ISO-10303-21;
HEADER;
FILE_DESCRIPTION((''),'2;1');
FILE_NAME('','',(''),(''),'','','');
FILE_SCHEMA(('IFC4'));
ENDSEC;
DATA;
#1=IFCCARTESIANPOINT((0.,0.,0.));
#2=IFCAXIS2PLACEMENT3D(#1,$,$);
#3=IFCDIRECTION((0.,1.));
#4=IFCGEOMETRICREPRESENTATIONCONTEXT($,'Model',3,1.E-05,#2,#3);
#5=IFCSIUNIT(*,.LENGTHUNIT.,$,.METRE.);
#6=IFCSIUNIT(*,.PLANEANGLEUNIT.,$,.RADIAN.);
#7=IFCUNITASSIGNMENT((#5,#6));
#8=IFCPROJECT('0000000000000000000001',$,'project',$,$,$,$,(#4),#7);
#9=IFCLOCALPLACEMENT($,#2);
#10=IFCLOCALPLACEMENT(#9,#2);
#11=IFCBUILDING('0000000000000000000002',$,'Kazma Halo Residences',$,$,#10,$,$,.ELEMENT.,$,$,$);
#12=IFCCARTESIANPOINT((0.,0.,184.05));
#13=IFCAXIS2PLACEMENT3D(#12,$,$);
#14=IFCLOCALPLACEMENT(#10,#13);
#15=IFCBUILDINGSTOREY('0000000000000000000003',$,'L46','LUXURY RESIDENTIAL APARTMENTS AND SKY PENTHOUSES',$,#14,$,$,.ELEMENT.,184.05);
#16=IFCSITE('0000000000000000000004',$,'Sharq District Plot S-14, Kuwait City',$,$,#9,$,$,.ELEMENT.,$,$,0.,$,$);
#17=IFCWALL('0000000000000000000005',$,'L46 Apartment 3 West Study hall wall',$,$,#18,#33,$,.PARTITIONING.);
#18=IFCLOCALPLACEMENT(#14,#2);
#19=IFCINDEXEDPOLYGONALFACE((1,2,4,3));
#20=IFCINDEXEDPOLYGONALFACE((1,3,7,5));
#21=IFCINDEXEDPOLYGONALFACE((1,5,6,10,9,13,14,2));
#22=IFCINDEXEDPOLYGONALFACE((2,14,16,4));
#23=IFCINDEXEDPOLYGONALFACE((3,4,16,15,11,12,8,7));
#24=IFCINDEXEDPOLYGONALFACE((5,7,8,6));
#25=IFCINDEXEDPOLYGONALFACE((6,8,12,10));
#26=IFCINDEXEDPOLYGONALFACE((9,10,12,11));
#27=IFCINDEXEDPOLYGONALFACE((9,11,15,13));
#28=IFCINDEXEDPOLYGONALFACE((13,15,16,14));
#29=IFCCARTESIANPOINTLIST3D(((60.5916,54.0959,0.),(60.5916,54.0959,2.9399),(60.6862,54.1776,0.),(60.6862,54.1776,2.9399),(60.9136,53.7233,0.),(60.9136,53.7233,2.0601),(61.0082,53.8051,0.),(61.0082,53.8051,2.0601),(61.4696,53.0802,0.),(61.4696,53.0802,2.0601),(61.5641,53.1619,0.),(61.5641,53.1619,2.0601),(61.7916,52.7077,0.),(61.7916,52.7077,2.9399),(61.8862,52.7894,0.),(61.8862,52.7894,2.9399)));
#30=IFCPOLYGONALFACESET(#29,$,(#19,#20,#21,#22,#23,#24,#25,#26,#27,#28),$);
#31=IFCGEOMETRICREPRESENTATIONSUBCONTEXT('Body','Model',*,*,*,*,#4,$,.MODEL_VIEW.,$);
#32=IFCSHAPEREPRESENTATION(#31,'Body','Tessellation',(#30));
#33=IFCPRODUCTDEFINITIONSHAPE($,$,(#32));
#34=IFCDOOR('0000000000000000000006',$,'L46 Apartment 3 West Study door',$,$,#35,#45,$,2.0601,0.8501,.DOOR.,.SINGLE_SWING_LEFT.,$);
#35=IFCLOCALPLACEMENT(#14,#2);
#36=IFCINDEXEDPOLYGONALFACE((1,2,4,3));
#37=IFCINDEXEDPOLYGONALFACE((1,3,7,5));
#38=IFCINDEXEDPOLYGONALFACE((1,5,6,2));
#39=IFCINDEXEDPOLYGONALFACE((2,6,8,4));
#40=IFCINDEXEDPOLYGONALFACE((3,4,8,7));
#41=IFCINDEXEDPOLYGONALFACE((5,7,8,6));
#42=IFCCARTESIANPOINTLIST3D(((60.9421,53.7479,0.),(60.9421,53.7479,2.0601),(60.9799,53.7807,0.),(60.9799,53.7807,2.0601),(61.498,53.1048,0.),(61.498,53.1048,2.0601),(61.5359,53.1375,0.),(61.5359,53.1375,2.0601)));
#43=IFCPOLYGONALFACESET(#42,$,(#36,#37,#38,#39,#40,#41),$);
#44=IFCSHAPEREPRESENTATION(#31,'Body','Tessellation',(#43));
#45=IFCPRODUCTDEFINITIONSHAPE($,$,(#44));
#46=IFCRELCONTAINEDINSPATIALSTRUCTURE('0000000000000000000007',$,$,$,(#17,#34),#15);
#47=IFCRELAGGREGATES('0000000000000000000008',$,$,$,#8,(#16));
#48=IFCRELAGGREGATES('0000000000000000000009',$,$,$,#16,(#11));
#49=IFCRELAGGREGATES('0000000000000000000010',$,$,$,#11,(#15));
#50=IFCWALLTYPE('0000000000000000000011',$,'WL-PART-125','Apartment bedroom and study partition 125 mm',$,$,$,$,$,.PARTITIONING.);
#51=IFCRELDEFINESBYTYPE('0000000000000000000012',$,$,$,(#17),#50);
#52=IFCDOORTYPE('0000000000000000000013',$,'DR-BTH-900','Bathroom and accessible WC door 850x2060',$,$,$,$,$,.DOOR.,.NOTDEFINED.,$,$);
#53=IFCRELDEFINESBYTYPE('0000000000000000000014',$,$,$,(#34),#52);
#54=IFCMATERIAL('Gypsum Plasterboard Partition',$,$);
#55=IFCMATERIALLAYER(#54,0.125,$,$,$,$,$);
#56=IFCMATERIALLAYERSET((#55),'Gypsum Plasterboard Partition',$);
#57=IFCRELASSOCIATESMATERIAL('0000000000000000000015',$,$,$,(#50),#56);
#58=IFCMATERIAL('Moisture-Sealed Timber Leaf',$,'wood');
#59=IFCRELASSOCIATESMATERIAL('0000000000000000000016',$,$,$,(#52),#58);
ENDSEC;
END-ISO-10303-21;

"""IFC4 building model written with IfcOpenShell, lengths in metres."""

from ifc_helpers import new_model, si_unit, direction, frame, frame_2d, origin, place, context, subcontext, project, spatial, rectangle, extrude, material, layer, layer_set, type_object, element, fill, save


model = new_model("IFC4")

# Units and contexts
model_context = context("Model", 3, precision=1e-05, world=origin(), true_north=direction((0.0, 1.0)))
body_context = subcontext(model_context, "Body", "Model", "MODEL_VIEW")
ifc_project = project(units=[si_unit("LENGTHUNIT", "METRE"), si_unit("PLANEANGLEUNIT", "RADIAN")], contexts=[model_context])

# Site, building, storey
site_placement = place(None, origin())
site = spatial("IfcSite", under=ifc_project, at=site_placement, Name="Sharq District Plot S-14, Kuwait City", CompositionType="ELEMENT", RefElevation=0.0)
building_placement = place(site_placement, origin())
building = spatial("IfcBuilding", under=site, at=building_placement, Name="Kazma Halo Residences", CompositionType="ELEMENT")
storey_placement = place(building_placement, frame((0.0, 0.0, 184.05)))
storey = spatial("IfcBuildingStorey", under=building, at=storey_placement, Name="L46", Description="LUXURY RESIDENTIAL APARTMENTS AND SKY PENTHOUSES", CompositionType="ELEMENT", Elevation=184.05)

# Shared definitions
ifc_material_1 = material(Name="Gypsum Plasterboard Partition")
ifc_layer_1 = layer(ifc_material_1, 0.125)
ifc_layer_set_1 = layer_set([ifc_layer_1], Name="Gypsum Plasterboard Partition")
wall_type_1 = type_object("IfcWallType", Name="WL-PART-125", Description="Apartment bedroom and study partition 125 mm", PredefinedType="PARTITIONING", material=ifc_layer_set_1)

# Shared definitions
ifc_material_2 = material(Name="Moisture-Sealed Timber Leaf", Category="wood")
door_type = type_object("IfcDoorType", Name="DR-BTH-900", Description="Bathroom and accessible WC door 850x2060", OperationType="NOTDEFINED", PredefinedType="DOOR", material=ifc_material_2)

# Wall, opening, door
wall_1_placement = place(storey_placement, frame((61.8389, 52.7485, 0.0), z_axis=(0.0, 0.0, 1.0), x_axis=(-0.653952, 0.756536, 0.0)))
wall_1 = element("IfcWall", 1, at=wall_1_placement, inside=storey, type_object=wall_type_1, Name="L46 Apartment 3 West Study hall wall", PredefinedType="PARTITIONING", context=body_context, shape_type="SweptSolid", body=[
    extrude(rectangle(XDim=1.835, YDim=0.125, at=frame_2d((0.9175, 0.0))), origin(), (0.0, 0.0, 1.0), 2.9399),
])
opening_1_placement = place(wall_1_placement, frame((0.4924, 0.0, 0.0)))
opening_1 = element("IfcOpeningElement", 2, at=opening_1_placement, cuts=wall_1, PredefinedType="OPENING", context=body_context, shape_type="SweptSolid", body=[
    extrude(rectangle(XDim=0.8501, YDim=2.0601, at=frame_2d((0.425, 1.03))), frame((0.0, 0.0725, 0.0), z_axis=(0.0, -1.0, 0.0), x_axis=(1.0, 0.0, 0.0)), (0.0, 0.0, 1.0), 0.145),
])
door_1_placement = place(opening_1_placement, origin())
door_1 = element("IfcDoor", 3, at=door_1_placement, inside=storey, type_object=door_type, Name="L46 Apartment 3 West Study door", OperationType="SINGLE_SWING_LEFT", OverallHeight=2.0601, OverallWidth=0.8501, PredefinedType="DOOR", context=body_context, shape_type="SweptSolid", body=[
    extrude(rectangle(XDim=0.8501, YDim=2.0601, at=frame_2d((0.425, 1.03))), frame((0.0, 0.0249, 0.0), z_axis=(0.0, -1.0, 0.0), x_axis=(1.0, 0.0, 0.0)), (0.0, 0.0, 1.0), 0.05),
])
fill(opening_1, door_1)

save(model, "model.ifc")
